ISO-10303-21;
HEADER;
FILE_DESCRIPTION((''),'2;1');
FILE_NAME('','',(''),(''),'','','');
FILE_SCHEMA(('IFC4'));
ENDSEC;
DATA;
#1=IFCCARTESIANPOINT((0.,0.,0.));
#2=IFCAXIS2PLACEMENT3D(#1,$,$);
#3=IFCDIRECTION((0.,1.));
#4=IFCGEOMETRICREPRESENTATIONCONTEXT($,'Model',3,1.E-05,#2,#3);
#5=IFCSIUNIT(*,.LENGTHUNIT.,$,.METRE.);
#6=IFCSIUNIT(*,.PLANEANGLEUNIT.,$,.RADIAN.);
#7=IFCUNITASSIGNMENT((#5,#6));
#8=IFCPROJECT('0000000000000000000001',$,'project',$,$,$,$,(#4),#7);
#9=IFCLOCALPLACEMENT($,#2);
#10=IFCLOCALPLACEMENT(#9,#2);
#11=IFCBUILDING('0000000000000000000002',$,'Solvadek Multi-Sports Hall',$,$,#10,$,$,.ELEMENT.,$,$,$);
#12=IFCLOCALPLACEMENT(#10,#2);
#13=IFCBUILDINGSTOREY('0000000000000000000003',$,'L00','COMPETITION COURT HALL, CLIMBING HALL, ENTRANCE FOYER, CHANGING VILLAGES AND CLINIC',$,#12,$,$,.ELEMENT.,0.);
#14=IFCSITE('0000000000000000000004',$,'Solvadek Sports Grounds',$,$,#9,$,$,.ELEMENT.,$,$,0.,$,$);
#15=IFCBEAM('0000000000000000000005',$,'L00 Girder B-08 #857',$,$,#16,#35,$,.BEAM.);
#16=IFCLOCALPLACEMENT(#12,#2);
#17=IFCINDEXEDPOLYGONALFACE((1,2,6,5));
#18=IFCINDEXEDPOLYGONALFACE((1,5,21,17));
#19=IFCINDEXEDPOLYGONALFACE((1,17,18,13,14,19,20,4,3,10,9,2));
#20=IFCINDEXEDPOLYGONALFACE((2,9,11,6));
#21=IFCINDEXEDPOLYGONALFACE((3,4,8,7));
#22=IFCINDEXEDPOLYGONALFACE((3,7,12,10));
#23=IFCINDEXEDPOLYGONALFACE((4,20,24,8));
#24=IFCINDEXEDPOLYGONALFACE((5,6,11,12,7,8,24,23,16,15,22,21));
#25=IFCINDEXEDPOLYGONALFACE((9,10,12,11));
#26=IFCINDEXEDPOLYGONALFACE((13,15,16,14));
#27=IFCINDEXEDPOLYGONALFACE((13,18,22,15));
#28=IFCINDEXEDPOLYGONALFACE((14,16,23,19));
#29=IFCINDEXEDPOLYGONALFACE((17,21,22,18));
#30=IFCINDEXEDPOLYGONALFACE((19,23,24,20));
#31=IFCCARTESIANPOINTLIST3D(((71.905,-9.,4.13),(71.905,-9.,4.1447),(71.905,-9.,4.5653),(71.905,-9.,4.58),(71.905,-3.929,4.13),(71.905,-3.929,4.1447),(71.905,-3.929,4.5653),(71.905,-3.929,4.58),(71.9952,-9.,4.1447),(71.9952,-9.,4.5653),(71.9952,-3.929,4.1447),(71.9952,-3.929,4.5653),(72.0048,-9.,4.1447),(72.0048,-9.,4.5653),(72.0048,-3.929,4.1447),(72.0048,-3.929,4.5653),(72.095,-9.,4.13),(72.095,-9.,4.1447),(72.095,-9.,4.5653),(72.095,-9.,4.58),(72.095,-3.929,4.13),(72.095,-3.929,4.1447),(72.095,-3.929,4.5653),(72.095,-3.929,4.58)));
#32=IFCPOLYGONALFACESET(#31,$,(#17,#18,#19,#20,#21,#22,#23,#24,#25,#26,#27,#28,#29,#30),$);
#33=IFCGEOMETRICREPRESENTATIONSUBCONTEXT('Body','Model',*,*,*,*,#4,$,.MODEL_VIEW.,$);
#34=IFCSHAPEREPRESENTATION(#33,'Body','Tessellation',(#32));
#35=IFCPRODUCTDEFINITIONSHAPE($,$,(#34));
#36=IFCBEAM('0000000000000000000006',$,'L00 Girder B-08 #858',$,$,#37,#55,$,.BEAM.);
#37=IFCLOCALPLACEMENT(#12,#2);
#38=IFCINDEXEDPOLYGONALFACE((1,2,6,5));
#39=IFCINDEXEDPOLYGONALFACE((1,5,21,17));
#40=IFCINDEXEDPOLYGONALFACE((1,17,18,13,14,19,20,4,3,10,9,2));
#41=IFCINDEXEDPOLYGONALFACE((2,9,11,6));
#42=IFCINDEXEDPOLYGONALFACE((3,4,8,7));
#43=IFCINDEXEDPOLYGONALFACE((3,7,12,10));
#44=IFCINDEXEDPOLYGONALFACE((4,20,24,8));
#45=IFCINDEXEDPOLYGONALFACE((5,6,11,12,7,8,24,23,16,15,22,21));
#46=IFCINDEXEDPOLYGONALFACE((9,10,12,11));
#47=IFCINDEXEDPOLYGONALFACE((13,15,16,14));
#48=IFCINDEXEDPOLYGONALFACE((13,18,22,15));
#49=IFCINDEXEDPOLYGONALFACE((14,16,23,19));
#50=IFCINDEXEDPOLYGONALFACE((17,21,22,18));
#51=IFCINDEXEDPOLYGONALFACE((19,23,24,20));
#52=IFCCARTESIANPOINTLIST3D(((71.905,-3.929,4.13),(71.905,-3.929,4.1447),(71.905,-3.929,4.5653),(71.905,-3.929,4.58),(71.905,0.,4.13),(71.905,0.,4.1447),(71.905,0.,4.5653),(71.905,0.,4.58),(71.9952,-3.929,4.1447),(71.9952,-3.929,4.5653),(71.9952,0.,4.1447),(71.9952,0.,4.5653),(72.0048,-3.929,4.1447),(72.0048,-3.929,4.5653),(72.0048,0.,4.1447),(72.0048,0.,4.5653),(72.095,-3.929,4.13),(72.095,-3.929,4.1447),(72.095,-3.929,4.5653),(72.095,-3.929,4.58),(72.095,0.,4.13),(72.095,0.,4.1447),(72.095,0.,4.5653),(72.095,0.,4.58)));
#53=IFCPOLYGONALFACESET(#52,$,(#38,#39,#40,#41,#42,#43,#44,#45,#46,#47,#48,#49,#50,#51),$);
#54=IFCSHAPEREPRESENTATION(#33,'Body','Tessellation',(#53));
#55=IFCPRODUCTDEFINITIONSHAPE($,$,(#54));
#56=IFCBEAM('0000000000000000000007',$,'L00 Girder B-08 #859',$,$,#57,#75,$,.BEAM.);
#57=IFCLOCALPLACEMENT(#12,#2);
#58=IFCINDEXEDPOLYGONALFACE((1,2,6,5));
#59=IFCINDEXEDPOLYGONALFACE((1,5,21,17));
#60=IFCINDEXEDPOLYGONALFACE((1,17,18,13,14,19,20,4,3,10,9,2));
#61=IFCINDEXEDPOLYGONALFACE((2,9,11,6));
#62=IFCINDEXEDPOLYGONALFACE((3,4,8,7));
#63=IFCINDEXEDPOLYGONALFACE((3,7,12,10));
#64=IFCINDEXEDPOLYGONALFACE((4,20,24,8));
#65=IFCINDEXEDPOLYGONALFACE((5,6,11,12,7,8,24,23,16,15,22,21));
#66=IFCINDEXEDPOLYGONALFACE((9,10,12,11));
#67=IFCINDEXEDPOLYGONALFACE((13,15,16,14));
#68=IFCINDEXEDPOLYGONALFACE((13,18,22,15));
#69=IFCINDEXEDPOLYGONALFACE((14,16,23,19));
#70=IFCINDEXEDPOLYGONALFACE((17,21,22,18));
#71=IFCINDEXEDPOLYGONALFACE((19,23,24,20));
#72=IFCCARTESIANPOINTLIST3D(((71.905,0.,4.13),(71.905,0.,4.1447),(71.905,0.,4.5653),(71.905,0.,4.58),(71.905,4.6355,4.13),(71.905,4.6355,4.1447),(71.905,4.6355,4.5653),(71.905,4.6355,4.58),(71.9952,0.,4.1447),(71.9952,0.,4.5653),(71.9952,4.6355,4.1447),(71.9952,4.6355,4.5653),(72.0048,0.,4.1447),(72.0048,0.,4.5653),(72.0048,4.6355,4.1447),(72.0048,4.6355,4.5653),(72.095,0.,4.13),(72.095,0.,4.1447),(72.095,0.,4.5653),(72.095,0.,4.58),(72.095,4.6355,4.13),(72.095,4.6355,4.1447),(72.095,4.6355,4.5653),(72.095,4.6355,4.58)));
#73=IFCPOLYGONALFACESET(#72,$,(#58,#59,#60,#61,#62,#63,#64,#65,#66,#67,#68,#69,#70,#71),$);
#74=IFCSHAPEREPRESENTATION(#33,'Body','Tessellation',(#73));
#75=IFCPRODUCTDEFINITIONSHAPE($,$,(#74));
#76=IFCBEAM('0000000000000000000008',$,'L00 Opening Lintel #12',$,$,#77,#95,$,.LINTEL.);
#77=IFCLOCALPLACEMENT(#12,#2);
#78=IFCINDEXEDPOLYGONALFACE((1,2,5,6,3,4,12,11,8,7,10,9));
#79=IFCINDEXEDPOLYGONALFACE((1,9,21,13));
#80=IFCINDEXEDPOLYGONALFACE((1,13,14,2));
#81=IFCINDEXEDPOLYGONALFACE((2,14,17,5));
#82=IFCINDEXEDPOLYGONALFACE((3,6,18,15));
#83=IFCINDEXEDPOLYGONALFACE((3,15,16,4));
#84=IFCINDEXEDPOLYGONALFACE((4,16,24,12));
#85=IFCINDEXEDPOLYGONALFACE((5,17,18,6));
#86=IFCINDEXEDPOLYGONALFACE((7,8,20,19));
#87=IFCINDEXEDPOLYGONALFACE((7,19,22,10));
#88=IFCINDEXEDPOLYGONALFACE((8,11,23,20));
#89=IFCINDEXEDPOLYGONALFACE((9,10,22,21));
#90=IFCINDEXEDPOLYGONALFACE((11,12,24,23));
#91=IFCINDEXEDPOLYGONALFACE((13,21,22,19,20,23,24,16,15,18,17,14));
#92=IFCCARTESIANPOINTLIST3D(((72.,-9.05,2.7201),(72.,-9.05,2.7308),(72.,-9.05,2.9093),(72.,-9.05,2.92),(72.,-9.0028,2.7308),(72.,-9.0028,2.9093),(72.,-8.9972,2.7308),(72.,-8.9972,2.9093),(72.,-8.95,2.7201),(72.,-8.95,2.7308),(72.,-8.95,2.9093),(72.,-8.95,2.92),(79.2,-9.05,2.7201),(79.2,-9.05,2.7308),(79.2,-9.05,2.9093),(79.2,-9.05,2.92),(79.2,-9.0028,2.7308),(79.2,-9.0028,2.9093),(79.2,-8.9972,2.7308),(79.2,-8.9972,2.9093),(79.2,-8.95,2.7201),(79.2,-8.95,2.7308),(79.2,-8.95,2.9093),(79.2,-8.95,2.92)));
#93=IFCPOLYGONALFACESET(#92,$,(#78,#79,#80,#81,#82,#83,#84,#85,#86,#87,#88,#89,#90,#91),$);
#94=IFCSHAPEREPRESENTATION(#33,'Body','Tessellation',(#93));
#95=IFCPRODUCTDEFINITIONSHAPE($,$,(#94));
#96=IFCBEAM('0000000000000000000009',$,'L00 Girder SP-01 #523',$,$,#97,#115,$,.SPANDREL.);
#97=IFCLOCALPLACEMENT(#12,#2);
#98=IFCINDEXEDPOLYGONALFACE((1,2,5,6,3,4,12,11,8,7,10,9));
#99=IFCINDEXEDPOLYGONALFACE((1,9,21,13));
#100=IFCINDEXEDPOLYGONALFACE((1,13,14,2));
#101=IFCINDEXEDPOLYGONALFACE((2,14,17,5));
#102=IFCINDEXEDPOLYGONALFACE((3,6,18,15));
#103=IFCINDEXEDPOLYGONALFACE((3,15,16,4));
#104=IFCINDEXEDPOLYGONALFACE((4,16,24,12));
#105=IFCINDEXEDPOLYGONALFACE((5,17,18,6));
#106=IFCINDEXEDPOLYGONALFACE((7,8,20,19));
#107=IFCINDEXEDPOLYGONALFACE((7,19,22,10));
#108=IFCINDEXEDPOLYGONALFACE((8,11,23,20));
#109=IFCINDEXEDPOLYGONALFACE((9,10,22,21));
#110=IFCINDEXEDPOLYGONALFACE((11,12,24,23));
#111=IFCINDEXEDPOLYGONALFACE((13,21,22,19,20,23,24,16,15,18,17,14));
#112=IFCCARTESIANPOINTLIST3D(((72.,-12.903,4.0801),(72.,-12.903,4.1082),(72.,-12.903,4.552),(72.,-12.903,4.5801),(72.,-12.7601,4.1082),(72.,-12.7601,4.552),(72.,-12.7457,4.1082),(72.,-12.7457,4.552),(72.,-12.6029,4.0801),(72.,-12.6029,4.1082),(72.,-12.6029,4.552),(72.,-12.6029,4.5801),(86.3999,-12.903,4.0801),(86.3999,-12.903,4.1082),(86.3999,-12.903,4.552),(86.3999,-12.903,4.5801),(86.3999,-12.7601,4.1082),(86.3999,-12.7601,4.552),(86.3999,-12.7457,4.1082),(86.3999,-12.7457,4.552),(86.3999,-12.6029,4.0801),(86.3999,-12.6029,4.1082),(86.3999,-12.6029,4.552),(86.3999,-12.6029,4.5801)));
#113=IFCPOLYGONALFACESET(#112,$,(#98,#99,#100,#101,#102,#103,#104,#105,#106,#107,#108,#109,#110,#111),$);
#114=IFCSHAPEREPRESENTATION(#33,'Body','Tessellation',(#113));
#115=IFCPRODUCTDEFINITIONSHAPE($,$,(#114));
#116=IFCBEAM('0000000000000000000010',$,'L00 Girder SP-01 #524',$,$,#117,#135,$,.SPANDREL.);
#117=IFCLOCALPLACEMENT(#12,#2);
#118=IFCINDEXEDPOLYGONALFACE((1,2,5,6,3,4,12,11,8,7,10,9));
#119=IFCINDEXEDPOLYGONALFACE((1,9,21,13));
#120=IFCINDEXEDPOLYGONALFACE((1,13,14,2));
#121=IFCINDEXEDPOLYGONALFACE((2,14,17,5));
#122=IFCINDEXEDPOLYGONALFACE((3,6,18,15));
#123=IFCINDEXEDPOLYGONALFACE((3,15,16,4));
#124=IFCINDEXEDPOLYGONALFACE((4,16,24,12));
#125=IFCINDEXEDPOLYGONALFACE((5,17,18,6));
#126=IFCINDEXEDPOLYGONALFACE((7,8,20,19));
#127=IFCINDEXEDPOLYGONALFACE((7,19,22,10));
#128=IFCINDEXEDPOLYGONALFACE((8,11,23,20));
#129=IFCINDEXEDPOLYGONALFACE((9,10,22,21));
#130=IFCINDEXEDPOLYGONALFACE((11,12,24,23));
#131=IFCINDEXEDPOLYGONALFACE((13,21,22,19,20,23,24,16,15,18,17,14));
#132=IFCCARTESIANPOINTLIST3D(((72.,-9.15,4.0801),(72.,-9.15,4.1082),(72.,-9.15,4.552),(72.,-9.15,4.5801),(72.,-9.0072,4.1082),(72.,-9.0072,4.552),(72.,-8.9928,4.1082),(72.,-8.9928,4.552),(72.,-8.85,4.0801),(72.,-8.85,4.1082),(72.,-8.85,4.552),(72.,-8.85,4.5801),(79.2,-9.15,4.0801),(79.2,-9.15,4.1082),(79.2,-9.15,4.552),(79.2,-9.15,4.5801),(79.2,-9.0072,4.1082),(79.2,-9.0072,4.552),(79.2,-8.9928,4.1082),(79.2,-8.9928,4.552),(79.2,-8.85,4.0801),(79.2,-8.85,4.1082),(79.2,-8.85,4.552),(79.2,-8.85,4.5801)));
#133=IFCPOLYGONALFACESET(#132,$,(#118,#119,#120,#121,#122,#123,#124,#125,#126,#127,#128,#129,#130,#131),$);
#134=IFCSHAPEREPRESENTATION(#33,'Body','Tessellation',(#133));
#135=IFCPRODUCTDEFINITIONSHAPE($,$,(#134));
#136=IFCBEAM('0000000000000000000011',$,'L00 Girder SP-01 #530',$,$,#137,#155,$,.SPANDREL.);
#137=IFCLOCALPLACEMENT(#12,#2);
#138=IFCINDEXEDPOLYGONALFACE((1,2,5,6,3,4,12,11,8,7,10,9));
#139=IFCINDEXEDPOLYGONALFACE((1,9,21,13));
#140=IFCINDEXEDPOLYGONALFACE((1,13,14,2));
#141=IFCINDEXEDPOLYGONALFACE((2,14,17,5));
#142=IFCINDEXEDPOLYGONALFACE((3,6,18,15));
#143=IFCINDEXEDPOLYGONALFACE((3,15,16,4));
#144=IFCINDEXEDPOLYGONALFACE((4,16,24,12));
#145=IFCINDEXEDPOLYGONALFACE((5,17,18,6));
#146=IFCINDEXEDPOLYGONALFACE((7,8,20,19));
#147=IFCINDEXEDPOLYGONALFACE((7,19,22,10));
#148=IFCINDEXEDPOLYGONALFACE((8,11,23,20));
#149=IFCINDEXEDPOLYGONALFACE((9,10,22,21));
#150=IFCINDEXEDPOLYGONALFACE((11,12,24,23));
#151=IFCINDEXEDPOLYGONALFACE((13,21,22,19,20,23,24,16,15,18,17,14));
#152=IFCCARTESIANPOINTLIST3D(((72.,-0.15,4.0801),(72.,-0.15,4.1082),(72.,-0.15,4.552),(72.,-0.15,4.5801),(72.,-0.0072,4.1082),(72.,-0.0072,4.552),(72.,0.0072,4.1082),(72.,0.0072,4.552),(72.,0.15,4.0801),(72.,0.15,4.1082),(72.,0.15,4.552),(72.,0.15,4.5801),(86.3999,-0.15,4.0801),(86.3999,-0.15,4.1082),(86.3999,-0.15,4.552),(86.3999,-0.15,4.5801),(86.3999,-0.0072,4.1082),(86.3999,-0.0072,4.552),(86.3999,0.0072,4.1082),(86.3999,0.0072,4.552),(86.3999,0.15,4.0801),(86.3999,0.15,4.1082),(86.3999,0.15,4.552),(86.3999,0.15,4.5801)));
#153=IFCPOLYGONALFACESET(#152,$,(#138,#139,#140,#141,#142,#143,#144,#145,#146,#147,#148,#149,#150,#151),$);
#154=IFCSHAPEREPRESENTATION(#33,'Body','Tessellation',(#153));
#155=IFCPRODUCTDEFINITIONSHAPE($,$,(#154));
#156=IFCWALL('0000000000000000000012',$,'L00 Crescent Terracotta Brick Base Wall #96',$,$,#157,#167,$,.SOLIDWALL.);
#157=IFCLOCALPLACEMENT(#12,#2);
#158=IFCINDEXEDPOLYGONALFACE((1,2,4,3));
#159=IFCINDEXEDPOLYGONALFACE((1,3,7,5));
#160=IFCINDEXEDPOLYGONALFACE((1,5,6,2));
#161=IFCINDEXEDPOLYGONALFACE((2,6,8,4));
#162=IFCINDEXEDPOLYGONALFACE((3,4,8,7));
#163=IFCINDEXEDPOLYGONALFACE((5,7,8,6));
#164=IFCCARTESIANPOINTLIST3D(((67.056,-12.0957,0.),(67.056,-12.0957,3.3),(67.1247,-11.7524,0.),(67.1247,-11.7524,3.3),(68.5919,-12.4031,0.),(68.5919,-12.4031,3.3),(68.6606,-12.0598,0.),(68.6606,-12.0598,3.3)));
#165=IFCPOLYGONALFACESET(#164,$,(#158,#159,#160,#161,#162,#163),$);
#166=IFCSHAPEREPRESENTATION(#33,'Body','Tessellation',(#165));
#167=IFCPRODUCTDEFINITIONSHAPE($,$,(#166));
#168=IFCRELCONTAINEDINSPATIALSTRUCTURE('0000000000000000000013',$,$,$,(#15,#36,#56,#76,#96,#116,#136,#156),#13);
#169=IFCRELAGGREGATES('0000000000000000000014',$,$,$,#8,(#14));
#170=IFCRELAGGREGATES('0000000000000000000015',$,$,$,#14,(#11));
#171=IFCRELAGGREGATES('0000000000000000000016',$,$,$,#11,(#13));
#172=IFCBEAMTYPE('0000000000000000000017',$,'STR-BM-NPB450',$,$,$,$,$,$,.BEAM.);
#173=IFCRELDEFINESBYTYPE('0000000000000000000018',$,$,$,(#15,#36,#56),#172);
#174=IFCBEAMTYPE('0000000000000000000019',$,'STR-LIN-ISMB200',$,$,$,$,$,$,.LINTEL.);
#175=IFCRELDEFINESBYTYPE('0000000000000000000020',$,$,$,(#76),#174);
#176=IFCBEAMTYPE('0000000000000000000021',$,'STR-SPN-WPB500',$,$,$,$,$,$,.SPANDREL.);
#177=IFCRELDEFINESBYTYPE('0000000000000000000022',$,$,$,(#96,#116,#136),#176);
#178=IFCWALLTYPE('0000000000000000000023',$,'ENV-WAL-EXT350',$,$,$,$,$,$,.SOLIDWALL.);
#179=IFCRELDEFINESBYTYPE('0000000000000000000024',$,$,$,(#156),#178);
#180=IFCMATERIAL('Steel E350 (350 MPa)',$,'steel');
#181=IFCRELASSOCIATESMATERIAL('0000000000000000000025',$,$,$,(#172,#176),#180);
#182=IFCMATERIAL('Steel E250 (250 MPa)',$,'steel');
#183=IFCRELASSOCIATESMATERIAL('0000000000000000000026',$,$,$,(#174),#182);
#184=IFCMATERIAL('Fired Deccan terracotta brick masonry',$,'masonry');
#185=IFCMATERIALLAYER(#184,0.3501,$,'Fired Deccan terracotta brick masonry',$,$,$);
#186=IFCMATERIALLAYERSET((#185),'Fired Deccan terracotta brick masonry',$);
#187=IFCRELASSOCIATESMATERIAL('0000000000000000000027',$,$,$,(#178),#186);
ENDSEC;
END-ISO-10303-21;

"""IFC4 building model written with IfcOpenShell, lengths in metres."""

from ifc_helpers import new_model, si_unit, direction, frame, frame_2d, origin, origin_2d, place, context, subcontext, project, spatial, rectangle, i_section, extrude, material, layer, layer_set, material_profile, profile_set, type_object, element, save


model = new_model("IFC4")

# Units and contexts
model_context = context("Model", 3, precision=1e-05, world=origin(), true_north=direction((0.0, 1.0)))
body_context = subcontext(model_context, "Body", "Model", "MODEL_VIEW")
ifc_project = project(units=[si_unit("LENGTHUNIT", "METRE"), si_unit("PLANEANGLEUNIT", "RADIAN")], contexts=[model_context])

# Site, building, storey
site_placement = place(None, origin())
site = spatial("IfcSite", under=ifc_project, at=site_placement, Name="Solvadek Sports Grounds", CompositionType="ELEMENT", RefElevation=0.0)
building_placement = place(site_placement, origin())
building = spatial("IfcBuilding", under=site, at=building_placement, Name="Solvadek Multi-Sports Hall", CompositionType="ELEMENT")
storey_placement = place(building_placement, origin())
storey = spatial("IfcBuildingStorey", under=building, at=storey_placement, Name="L00", Description="COMPETITION COURT HALL, CLIMBING HALL, ENTRANCE FOYER, CHANGING VILLAGES AND CLINIC", CompositionType="ELEMENT", Elevation=0.0)

# Shared definitions
ifc_material_1 = material(Name="Steel E350 (350 MPa)", Category="steel")

# Beams
ifc_material_profile_1 = material_profile(ifc_material_1, i_section(OverallWidth=0.1899, OverallDepth=0.45, WebThickness=0.0095, FlangeThickness=0.0146, at=origin_2d()), Name="NPB 450")
ifc_profile_set_1 = profile_set([ifc_material_profile_1], Name="Steel E350 (350 MPa)")
beam_type_1 = type_object("IfcBeamType", Name="STR-BM-NPB450", PredefinedType="BEAM", material=ifc_profile_set_1)
beam_1_placement = place(storey_placement, frame((72.0, -9.0, 4.355), z_axis=(0.0, 1.0, 0.0), x_axis=(-1.0, 0.0, 0.0)))
element("IfcBeam", 1, at=beam_1_placement, inside=storey, type_object=beam_type_1, Name="L00 Girder B-08 #857", PredefinedType="BEAM", context=body_context, shape_type="SweptSolid", body=[
    extrude(i_section(OverallWidth=0.1899, OverallDepth=0.45, WebThickness=0.0095, FlangeThickness=0.0146, at=origin_2d()), origin(), (0.0, 0.0, 1.0), 5.071),
])
beam_2_placement = place(storey_placement, frame((72.0, -3.929, 4.355), z_axis=(0.0, 1.0, 0.0), x_axis=(-1.0, 0.0, 0.0)))
element("IfcBeam", 2, at=beam_2_placement, inside=storey, type_object=beam_type_1, Name="L00 Girder B-08 #858", PredefinedType="BEAM", context=body_context, shape_type="SweptSolid", body=[
    extrude(i_section(OverallWidth=0.1899, OverallDepth=0.45, WebThickness=0.0095, FlangeThickness=0.0146, at=origin_2d()), origin(), (0.0, 0.0, 1.0), 3.929),
])
beam_3_placement = place(storey_placement, frame((72.0, 0.0, 4.355), z_axis=(0.0, 1.0, 0.0), x_axis=(-1.0, 0.0, 0.0)))
element("IfcBeam", 3, at=beam_3_placement, inside=storey, type_object=beam_type_1, Name="L00 Girder B-08 #859", PredefinedType="BEAM", context=body_context, shape_type="SweptSolid", body=[
    extrude(i_section(OverallWidth=0.1899, OverallDepth=0.45, WebThickness=0.0095, FlangeThickness=0.0146, at=origin_2d()), origin(), (0.0, 0.0, 1.0), 4.6355),
])
ifc_material_2 = material(Name="Steel E250 (250 MPa)", Category="steel")
ifc_material_profile_2 = material_profile(ifc_material_2, i_section(OverallWidth=0.1001, OverallDepth=0.2, WebThickness=0.0056, FlangeThickness=0.0107, at=origin_2d()), Name="ISMB 200")
ifc_profile_set_2 = profile_set([ifc_material_profile_2], Name="Steel E250 (250 MPa)")
beam_type_2 = type_object("IfcBeamType", Name="STR-LIN-ISMB200", PredefinedType="LINTEL", material=ifc_profile_set_2)
beam_4_placement = place(storey_placement, frame((72.0, -9.0, 2.8201), z_axis=(1.0, 0.0, 0.0), x_axis=(0.0, 1.0, 0.0)))
element("IfcBeam", 4, at=beam_4_placement, inside=storey, type_object=beam_type_2, Name="L00 Opening Lintel #12", PredefinedType="LINTEL", context=body_context, shape_type="SweptSolid", body=[
    extrude(i_section(OverallWidth=0.1001, OverallDepth=0.2, WebThickness=0.0056, FlangeThickness=0.0107, at=origin_2d()), origin(), (0.0, 0.0, 1.0), 7.2),
])
ifc_material_profile_3 = material_profile(ifc_material_1, i_section(OverallWidth=0.3, OverallDepth=0.5, WebThickness=0.0144, FlangeThickness=0.0281, at=origin_2d()), Name="WPB 500")
ifc_profile_set_3 = profile_set([ifc_material_profile_3], Name="Steel E350 (350 MPa)")
beam_type_3 = type_object("IfcBeamType", Name="STR-SPN-WPB500", PredefinedType="SPANDREL", material=ifc_profile_set_3)
beam_5_placement = place(storey_placement, frame((72.0, -12.7529, 4.3301), z_axis=(1.0, 0.0, 0.0), x_axis=(0.0, 1.0, 0.0)))
element("IfcBeam", 5, at=beam_5_placement, inside=storey, type_object=beam_type_3, Name="L00 Girder SP-01 #523", PredefinedType="SPANDREL", context=body_context, shape_type="SweptSolid", body=[
    extrude(i_section(OverallWidth=0.3, OverallDepth=0.5, WebThickness=0.0144, FlangeThickness=0.0281, at=origin_2d()), origin(), (0.0, 0.0, 1.0), 14.3999),
])
beam_6_placement = place(storey_placement, frame((72.0, -9.0, 4.3301), z_axis=(1.0, 0.0, 0.0), x_axis=(0.0, 1.0, 0.0)))
element("IfcBeam", 6, at=beam_6_placement, inside=storey, type_object=beam_type_3, Name="L00 Girder SP-01 #524", PredefinedType="SPANDREL", context=body_context, shape_type="SweptSolid", body=[
    extrude(i_section(OverallWidth=0.3, OverallDepth=0.5, WebThickness=0.0144, FlangeThickness=0.0281, at=origin_2d()), origin(), (0.0, 0.0, 1.0), 7.2),
])
beam_7_placement = place(storey_placement, frame((72.0, 0.0, 4.3301), z_axis=(1.0, 0.0, 0.0), x_axis=(0.0, 1.0, 0.0)))
element("IfcBeam", 7, at=beam_7_placement, inside=storey, type_object=beam_type_3, Name="L00 Girder SP-01 #530", PredefinedType="SPANDREL", context=body_context, shape_type="SweptSolid", body=[
    extrude(i_section(OverallWidth=0.3, OverallDepth=0.5, WebThickness=0.0144, FlangeThickness=0.0281, at=origin_2d()), origin(), (0.0, 0.0, 1.0), 14.3999),
])

# Wall
ifc_material_3 = material(Name="Fired Deccan terracotta brick masonry", Category="masonry")
ifc_layer_1 = layer(ifc_material_3, 0.3501, Name="Fired Deccan terracotta brick masonry")
ifc_layer_set_1 = layer_set([ifc_layer_1], Name="Fired Deccan terracotta brick masonry")
wall_type = type_object("IfcWallType", Name="ENV-WAL-EXT350", PredefinedType="SOLIDWALL", material=ifc_layer_set_1)
wall_1_placement = place(storey_placement, frame((67.0903, -11.9241, 0.0), z_axis=(0.0, 0.0, 1.0), x_axis=(0.980557, -0.196236, 0.0)))
element("IfcWall", 8, at=wall_1_placement, inside=storey, type_object=wall_type, Name="L00 Crescent Terracotta Brick Base Wall #96", PredefinedType="SOLIDWALL", context=body_context, shape_type="SweptSolid", body=[
    extrude(rectangle(XDim=1.5664, YDim=0.3501, at=frame_2d((0.7832, 0.0))), origin(), (0.0, 0.0, 1.0), 3.3),
])

save(model, "model.ifc")
